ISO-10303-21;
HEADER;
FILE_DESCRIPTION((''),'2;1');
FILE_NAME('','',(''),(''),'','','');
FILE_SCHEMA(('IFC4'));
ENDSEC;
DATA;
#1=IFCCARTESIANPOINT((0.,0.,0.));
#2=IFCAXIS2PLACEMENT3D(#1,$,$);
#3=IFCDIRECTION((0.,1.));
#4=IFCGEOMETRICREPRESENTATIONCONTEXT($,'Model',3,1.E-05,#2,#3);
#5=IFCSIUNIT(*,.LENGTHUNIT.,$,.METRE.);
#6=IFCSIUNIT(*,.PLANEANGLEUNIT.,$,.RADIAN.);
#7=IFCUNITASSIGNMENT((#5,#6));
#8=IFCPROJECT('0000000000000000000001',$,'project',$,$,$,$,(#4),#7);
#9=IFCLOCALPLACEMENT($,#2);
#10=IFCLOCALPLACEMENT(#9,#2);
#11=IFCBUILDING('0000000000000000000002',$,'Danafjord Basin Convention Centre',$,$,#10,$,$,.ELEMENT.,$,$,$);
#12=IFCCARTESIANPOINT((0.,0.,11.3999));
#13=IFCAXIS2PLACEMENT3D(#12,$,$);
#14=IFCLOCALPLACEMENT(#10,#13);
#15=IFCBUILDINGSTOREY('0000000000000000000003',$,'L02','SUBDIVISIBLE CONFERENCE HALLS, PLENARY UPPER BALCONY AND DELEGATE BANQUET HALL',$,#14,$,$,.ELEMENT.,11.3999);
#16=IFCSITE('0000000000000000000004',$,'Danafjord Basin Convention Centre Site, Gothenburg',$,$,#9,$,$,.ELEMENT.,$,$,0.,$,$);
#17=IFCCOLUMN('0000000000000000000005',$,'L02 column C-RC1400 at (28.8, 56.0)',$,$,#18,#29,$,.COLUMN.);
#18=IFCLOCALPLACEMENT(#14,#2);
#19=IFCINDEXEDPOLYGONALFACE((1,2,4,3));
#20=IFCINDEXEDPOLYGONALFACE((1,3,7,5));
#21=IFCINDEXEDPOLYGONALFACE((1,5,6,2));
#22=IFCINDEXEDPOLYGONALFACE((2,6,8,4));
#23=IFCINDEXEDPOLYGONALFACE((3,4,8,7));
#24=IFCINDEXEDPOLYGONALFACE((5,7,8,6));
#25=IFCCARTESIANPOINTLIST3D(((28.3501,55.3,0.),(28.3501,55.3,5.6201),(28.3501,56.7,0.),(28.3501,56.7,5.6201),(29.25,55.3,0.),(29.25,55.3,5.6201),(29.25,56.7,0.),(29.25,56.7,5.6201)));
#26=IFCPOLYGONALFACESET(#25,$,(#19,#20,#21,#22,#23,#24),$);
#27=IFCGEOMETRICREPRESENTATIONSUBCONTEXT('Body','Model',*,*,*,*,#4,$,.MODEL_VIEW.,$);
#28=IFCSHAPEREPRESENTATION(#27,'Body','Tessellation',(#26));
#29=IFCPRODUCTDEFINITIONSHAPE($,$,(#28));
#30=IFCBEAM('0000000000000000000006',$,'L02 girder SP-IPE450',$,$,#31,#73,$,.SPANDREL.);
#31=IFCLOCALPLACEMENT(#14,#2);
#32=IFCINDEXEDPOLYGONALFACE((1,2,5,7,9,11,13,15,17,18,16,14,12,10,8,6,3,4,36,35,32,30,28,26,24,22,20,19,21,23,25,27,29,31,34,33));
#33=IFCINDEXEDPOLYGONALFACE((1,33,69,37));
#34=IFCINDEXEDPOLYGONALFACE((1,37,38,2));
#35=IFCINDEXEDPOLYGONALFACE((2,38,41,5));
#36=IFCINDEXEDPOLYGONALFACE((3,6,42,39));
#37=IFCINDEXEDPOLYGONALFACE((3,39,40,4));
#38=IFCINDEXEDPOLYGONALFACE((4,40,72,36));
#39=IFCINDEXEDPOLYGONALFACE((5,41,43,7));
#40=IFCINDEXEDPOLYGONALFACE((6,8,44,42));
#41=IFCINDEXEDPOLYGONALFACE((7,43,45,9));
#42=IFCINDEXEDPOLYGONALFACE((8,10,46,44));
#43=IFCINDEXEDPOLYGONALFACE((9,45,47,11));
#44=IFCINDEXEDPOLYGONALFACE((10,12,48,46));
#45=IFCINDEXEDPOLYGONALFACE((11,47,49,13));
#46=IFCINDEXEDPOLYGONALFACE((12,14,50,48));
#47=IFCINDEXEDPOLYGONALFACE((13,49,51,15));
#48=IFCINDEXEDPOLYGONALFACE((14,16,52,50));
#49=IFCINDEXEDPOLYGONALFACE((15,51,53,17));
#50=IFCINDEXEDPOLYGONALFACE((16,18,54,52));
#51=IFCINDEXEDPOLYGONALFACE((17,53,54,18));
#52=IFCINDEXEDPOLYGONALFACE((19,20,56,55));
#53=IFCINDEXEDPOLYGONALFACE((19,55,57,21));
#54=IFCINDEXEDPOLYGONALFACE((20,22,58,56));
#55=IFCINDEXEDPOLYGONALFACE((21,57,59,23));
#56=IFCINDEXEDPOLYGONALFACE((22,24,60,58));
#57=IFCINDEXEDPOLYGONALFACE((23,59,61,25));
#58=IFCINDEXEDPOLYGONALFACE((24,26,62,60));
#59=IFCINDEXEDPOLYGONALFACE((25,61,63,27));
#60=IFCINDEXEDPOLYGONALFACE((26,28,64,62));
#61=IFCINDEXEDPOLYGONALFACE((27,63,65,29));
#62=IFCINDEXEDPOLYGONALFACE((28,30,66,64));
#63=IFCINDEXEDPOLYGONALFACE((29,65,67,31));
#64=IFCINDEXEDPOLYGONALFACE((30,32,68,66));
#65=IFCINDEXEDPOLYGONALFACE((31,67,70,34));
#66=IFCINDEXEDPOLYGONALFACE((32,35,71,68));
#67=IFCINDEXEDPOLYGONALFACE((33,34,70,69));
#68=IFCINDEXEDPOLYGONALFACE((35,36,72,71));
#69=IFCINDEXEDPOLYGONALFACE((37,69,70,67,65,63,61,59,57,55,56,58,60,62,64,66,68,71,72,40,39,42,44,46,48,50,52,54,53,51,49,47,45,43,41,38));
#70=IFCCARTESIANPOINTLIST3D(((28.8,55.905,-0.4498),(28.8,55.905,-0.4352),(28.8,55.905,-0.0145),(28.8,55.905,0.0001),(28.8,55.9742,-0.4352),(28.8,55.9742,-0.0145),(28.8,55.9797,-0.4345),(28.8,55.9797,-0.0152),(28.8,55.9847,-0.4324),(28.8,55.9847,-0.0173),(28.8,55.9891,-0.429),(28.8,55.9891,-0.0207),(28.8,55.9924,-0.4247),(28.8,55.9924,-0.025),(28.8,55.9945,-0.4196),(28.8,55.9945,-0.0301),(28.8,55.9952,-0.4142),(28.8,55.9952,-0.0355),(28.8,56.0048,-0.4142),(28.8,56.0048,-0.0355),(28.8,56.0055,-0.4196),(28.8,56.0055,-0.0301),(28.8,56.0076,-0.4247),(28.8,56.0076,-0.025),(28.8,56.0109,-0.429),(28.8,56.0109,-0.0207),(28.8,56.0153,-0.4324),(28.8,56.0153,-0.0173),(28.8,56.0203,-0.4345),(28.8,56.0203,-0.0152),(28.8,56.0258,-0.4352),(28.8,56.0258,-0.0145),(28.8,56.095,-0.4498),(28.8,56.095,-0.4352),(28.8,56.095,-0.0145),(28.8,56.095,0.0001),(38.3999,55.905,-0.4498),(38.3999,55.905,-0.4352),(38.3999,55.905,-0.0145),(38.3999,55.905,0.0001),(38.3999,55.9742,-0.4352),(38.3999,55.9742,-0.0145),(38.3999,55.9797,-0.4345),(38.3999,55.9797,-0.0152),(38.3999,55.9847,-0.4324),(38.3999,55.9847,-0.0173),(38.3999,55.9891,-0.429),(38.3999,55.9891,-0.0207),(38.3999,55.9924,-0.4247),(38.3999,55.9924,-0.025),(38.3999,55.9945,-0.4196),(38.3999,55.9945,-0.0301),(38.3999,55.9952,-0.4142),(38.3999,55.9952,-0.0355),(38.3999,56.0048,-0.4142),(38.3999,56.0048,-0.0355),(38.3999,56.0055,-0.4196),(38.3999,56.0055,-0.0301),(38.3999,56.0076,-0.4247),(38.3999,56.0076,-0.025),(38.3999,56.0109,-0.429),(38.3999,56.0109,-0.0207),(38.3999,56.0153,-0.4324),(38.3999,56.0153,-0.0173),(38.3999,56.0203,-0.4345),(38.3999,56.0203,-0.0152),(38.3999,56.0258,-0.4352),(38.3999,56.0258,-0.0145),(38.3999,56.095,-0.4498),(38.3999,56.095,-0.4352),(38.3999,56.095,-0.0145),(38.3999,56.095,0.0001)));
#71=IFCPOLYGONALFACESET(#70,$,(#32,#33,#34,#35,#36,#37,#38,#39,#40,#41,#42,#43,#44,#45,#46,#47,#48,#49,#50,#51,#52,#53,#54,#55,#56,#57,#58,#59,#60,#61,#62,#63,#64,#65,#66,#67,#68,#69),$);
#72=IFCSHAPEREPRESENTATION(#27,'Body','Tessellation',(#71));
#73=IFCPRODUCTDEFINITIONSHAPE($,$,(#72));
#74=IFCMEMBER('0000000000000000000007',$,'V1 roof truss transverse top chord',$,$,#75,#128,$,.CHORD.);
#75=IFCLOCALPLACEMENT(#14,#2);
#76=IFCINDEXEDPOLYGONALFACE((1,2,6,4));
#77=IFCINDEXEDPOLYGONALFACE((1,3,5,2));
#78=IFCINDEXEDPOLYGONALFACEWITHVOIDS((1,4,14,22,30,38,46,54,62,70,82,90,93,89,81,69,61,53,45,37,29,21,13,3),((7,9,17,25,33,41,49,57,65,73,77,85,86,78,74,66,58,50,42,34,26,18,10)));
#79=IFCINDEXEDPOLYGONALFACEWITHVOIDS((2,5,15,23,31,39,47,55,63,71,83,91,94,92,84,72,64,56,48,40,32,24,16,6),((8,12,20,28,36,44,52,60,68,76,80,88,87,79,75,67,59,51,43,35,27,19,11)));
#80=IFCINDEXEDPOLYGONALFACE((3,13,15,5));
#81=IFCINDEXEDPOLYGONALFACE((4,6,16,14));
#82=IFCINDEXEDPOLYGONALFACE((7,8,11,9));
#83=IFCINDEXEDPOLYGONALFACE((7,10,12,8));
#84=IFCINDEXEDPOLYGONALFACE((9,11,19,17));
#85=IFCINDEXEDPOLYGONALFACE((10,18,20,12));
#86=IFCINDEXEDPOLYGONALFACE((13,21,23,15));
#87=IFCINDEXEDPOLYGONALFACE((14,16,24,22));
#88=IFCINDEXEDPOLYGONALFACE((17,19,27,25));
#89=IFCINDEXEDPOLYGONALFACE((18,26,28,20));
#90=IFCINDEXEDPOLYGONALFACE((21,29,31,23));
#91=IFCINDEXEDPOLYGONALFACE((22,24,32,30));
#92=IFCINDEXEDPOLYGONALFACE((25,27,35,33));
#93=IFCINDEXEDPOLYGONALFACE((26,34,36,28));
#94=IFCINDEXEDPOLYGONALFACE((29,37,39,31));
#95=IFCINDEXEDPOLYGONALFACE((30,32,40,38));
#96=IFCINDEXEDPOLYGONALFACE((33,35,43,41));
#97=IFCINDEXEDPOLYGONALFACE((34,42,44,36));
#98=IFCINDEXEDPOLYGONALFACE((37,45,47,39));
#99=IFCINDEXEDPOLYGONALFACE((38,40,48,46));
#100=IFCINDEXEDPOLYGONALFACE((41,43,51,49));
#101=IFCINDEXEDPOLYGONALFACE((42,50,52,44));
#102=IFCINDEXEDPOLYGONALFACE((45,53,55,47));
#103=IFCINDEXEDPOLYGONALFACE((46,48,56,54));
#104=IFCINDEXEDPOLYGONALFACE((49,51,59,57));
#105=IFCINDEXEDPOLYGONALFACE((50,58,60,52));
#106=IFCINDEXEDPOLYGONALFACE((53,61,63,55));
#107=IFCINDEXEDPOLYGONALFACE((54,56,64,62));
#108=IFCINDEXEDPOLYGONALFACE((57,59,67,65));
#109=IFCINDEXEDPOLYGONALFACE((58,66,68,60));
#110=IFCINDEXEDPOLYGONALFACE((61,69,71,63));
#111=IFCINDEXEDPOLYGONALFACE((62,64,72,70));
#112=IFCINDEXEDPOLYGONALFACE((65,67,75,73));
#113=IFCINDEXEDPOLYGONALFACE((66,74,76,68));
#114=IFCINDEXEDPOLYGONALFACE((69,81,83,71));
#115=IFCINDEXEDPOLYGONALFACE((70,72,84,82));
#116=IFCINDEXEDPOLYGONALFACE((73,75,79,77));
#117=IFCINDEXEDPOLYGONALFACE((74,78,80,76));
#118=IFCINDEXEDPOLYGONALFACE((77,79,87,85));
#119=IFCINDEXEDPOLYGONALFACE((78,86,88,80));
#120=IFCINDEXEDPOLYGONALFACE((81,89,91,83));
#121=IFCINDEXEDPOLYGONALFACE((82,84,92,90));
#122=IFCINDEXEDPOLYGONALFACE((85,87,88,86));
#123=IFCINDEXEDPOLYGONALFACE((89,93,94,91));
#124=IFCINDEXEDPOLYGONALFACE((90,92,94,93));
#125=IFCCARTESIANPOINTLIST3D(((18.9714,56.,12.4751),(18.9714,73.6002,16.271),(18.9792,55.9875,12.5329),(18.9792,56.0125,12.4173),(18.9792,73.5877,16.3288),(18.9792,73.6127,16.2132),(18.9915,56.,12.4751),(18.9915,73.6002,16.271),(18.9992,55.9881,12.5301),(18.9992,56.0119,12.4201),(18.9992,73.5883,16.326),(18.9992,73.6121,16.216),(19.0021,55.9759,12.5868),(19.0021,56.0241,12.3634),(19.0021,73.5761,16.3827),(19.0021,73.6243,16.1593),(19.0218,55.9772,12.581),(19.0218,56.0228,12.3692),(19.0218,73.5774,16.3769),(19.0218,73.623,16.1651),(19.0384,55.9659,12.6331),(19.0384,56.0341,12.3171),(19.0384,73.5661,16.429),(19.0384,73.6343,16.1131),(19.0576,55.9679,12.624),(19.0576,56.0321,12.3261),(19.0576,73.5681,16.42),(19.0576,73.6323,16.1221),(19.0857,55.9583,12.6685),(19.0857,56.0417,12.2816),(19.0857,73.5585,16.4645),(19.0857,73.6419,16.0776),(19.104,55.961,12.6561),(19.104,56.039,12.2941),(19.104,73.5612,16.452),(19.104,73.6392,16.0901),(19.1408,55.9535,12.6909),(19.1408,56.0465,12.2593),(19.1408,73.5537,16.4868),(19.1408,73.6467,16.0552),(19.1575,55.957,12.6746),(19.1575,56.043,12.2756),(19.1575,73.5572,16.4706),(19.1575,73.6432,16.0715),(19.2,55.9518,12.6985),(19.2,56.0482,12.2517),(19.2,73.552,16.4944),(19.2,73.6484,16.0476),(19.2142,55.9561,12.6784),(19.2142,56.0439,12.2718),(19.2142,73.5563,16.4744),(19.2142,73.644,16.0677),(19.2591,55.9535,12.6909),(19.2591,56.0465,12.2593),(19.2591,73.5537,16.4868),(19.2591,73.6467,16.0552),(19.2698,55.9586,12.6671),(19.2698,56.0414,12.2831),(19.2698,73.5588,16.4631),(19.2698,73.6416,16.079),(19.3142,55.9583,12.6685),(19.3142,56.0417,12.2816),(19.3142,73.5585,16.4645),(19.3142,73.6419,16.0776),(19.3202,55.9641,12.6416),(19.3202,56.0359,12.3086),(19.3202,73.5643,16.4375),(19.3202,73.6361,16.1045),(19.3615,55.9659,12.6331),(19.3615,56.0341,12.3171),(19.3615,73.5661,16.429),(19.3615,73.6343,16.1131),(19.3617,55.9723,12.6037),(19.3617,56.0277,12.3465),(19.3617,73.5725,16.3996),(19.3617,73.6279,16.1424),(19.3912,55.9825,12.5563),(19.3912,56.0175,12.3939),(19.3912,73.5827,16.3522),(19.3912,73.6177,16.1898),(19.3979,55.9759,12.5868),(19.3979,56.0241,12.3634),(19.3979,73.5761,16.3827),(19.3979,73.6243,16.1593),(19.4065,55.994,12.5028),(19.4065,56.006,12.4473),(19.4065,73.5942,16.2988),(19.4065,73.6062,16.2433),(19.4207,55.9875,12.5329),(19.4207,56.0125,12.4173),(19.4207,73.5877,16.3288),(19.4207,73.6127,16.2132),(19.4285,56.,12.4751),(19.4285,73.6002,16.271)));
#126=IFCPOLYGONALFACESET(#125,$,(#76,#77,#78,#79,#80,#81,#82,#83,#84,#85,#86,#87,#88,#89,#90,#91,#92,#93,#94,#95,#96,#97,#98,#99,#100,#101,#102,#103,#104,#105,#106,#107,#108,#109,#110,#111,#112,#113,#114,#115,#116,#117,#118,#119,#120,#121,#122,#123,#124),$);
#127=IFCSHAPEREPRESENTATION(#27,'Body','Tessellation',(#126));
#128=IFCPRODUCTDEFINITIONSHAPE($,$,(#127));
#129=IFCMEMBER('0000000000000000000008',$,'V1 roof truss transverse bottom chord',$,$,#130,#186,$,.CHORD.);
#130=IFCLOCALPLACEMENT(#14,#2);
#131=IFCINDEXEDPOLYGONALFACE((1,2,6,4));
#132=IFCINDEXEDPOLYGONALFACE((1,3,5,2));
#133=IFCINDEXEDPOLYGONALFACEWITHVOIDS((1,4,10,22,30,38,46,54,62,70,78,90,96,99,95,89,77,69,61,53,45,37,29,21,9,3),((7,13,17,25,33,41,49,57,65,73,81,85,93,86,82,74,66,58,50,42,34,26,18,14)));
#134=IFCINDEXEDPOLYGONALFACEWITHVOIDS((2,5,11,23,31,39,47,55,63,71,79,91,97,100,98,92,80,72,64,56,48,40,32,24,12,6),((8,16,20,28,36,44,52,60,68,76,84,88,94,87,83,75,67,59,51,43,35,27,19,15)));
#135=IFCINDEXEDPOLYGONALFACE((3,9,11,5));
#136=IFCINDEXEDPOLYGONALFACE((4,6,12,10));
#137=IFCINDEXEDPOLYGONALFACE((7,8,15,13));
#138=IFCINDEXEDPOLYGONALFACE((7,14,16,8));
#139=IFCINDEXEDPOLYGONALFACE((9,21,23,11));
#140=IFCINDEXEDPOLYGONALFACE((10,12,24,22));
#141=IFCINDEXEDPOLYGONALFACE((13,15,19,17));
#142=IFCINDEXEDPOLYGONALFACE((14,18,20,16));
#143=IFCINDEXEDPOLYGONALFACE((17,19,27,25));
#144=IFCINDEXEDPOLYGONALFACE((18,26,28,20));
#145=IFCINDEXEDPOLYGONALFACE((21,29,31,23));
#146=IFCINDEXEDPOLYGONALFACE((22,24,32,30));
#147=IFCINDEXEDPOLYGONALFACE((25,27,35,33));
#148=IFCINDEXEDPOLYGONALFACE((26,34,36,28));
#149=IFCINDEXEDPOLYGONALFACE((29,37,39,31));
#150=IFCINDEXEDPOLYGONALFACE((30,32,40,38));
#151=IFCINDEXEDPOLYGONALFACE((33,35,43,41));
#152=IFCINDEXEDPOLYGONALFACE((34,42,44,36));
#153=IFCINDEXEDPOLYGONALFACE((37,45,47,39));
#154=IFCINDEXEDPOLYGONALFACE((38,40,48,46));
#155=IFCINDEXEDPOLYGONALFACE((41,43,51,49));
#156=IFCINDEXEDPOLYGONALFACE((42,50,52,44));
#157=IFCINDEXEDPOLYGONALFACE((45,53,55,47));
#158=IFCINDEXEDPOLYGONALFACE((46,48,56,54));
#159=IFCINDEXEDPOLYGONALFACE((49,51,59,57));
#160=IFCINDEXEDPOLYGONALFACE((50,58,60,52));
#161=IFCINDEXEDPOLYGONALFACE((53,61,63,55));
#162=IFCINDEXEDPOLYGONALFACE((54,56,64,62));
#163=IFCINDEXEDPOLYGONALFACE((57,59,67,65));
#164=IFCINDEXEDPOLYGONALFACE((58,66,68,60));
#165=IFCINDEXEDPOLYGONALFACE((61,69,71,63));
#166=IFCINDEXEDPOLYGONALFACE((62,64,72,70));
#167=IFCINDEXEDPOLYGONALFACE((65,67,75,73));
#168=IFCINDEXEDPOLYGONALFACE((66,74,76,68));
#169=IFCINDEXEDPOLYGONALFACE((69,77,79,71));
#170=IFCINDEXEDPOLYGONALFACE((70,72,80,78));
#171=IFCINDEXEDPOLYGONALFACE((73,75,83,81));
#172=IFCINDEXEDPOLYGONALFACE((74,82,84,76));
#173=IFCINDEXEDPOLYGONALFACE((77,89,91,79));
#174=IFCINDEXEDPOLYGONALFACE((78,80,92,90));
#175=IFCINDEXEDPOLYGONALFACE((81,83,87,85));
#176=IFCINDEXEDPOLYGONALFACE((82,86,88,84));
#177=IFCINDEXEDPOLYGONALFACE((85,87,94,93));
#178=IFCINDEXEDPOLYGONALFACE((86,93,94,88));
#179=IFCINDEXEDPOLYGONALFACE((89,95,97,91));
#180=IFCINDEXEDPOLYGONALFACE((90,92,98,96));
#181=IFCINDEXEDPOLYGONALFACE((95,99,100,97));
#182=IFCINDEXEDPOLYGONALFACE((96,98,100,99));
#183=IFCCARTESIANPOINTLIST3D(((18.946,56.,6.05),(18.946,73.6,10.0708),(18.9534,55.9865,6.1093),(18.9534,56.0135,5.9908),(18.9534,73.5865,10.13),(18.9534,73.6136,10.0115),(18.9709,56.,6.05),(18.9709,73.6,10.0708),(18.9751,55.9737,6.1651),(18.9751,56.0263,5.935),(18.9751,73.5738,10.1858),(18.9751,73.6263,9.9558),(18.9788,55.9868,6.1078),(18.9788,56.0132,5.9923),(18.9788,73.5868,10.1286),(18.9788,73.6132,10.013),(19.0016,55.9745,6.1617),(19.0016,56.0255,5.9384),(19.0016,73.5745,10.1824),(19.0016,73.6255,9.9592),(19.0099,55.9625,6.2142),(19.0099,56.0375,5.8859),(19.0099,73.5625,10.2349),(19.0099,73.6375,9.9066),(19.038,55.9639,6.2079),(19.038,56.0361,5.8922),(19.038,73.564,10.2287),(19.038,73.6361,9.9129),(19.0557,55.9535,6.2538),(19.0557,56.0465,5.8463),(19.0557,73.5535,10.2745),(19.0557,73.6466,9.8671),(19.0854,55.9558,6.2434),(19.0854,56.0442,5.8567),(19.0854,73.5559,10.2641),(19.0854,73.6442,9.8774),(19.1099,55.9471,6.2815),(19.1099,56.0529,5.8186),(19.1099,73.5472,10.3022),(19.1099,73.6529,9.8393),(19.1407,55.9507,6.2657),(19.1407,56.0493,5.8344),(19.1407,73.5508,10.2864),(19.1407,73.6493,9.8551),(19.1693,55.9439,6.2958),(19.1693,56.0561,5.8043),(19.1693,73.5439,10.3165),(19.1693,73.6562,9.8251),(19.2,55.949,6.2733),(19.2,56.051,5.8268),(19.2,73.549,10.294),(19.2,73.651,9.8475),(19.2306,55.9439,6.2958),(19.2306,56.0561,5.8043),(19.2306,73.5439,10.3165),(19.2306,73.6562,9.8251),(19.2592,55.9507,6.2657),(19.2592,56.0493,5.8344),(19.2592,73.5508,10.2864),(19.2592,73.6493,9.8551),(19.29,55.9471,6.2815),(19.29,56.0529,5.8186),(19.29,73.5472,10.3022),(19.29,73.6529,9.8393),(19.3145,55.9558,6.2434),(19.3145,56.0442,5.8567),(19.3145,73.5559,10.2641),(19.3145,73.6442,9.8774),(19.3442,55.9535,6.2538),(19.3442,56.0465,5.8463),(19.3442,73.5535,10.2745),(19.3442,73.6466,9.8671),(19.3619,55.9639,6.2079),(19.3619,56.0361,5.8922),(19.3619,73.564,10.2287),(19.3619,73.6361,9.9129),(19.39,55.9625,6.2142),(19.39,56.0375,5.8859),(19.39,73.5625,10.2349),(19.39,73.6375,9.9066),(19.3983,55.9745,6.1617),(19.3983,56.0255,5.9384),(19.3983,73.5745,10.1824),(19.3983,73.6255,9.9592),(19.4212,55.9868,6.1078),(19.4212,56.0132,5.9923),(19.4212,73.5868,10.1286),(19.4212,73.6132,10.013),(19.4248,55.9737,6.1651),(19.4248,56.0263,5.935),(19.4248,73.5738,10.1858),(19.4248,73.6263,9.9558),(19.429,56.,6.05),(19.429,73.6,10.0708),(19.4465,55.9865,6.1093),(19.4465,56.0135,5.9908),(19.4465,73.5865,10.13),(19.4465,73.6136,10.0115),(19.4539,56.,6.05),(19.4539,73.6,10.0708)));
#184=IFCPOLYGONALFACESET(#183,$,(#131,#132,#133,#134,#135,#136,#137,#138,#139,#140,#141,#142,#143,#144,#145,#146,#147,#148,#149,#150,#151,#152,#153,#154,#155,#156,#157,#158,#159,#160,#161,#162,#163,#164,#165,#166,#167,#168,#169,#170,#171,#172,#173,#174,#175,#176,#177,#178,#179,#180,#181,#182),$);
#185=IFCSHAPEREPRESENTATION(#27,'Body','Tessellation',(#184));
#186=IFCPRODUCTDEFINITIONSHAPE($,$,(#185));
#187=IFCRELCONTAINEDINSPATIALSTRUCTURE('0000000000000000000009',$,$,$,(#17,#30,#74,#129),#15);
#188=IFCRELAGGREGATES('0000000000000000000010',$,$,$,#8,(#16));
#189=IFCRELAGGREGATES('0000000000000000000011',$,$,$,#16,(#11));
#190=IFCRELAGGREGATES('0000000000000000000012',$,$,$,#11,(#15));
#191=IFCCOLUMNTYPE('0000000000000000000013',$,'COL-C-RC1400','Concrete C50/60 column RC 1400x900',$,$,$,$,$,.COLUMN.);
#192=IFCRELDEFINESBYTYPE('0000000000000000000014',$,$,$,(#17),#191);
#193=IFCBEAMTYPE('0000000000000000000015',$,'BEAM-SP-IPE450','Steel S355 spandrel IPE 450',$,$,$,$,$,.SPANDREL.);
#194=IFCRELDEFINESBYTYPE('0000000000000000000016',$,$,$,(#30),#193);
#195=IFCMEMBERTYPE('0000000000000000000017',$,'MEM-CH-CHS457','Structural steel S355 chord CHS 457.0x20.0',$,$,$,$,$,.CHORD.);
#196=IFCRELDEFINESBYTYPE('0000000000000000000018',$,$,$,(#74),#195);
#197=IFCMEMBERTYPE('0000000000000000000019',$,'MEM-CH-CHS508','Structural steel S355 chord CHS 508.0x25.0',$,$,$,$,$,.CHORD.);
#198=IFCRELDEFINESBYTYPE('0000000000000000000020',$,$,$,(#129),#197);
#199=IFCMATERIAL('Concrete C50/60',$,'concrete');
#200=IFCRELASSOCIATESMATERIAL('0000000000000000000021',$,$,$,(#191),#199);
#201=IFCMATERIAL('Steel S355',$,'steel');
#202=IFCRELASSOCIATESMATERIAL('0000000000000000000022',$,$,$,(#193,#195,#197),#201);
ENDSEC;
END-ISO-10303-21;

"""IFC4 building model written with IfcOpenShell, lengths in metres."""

from ifc_helpers import new_model, si_unit, direction, frame, origin, origin_2d, place, context, subcontext, project, spatial, rectangle, hollow_circle, i_section, extrude, material, material_profile, profile_set, type_object, element, save


model = new_model("IFC4")

# Units and contexts
model_context = context("Model", 3, precision=1e-05, world=origin(), true_north=direction((0.0, 1.0)))
body_context = subcontext(model_context, "Body", "Model", "MODEL_VIEW")
ifc_project = project(units=[si_unit("LENGTHUNIT", "METRE"), si_unit("PLANEANGLEUNIT", "RADIAN")], contexts=[model_context])

# Site, building, storey
site_placement = place(None, origin())
site = spatial("IfcSite", under=ifc_project, at=site_placement, Name="Danafjord Basin Convention Centre Site, Gothenburg", CompositionType="ELEMENT", RefElevation=0.0)
building_placement = place(site_placement, origin())
building = spatial("IfcBuilding", under=site, at=building_placement, Name="Danafjord Basin Convention Centre", CompositionType="ELEMENT")
storey_placement = place(building_placement, frame((0.0, 0.0, 11.3999)))
storey = spatial("IfcBuildingStorey", under=building, at=storey_placement, Name="L02", Description="SUBDIVISIBLE CONFERENCE HALLS, PLENARY UPPER BALCONY AND DELEGATE BANQUET HALL", CompositionType="ELEMENT", Elevation=11.3999)

# Column
ifc_material_1 = material(Name="Concrete C50/60", Category="concrete")
ifc_material_profile_1 = material_profile(ifc_material_1, rectangle(XDim=0.8999, YDim=1.3999, at=origin_2d()), Name="RC 1400x900")
ifc_profile_set_1 = profile_set([ifc_material_profile_1], Name="Concrete C50/60")
column_type = type_object("IfcColumnType", Name="COL-C-RC1400", Description="Concrete C50/60 column RC 1400x900", PredefinedType="COLUMN", material=ifc_profile_set_1)
column_placement = place(storey_placement, frame((28.8, 56.0, 0.0), z_axis=(0.0, 0.0, 1.0), x_axis=(1.0, 0.0, 0.0)))
element("IfcColumn", 1, at=column_placement, inside=storey, type_object=column_type, Name="L02 column C-RC1400 at (28.8, 56.0)", PredefinedType="COLUMN", context=body_context, shape_type="SweptSolid", body=[
    extrude(rectangle(XDim=0.8999, YDim=1.3999, at=origin_2d()), origin(), (0.0, 0.0, 1.0), 5.6201),
])

# Beam
ifc_material_2 = material(Name="Steel S355", Category="steel")
ifc_material_profile_2 = material_profile(ifc_material_2, i_section(OverallWidth=0.1899, OverallDepth=0.45, WebThickness=0.0095, FlangeThickness=0.0146, FilletRadius=0.021, at=origin_2d()), Name="IPE 450")
ifc_profile_set_2 = profile_set([ifc_material_profile_2], Name="Steel S355")
beam_type = type_object("IfcBeamType", Name="BEAM-SP-IPE450", Description="Steel S355 spandrel IPE 450", PredefinedType="SPANDREL", material=ifc_profile_set_2)
beam_placement = place(storey_placement, frame((28.8, 56.0, -0.2249), z_axis=(1.0, 0.0, 0.0), x_axis=(0.0, 1.0, 0.0)))
element("IfcBeam", 2, at=beam_placement, inside=storey, type_object=beam_type, Name="L02 girder SP-IPE450", PredefinedType="SPANDREL", context=body_context, shape_type="SweptSolid", body=[
    extrude(i_section(OverallWidth=0.1899, OverallDepth=0.45, WebThickness=0.0095, FlangeThickness=0.0146, FilletRadius=0.021, at=origin_2d()), origin(), (0.0, 0.0, 1.0), 9.5999),
])

# Members
ifc_material_profile_3 = material_profile(ifc_material_2, hollow_circle(Radius=0.2285, WallThickness=0.02, at=origin_2d()), Name="CHS 457.0x20.0")
ifc_profile_set_3 = profile_set([ifc_material_profile_3], Name="Steel S355")
member_type_1 = type_object("IfcMemberType", Name="MEM-CH-CHS457", Description="Structural steel S355 chord CHS 457.0x20.0", PredefinedType="CHORD", material=ifc_profile_set_3)
member_1_placement = place(storey_placement, frame((19.2, 56.0, 12.4751), z_axis=(0.0, 0.977523, 0.210827), x_axis=(-1.0, 0.0, 0.0)))
element("IfcMember", 3, at=member_1_placement, inside=storey, type_object=member_type_1, Name="V1 roof truss transverse top chord", PredefinedType="CHORD", context=body_context, shape_type="SweptSolid", body=[
    extrude(hollow_circle(Radius=0.2285, WallThickness=0.02, at=origin_2d()), origin(), (0.0, 0.0, 1.0), 18.0049),
])
ifc_material_profile_4 = material_profile(ifc_material_2, hollow_circle(Radius=0.2539, WallThickness=0.0249, at=origin_2d()), Name="CHS 508.0x25.0")
ifc_profile_set_4 = profile_set([ifc_material_profile_4], Name="Steel S355")
member_type_2 = type_object("IfcMemberType", Name="MEM-CH-CHS508", Description="Structural steel S355 chord CHS 508.0x25.0", PredefinedType="CHORD", material=ifc_profile_set_4)
member_2_placement = place(storey_placement, frame((19.2, 56.0, 6.05), z_axis=(0.0, 0.974884, 0.222713), x_axis=(-1.0, 0.0, 0.0)))
element("IfcMember", 4, at=member_2_placement, inside=storey, type_object=member_type_2, Name="V1 roof truss transverse bottom chord", PredefinedType="CHORD", context=body_context, shape_type="SweptSolid", body=[
    extrude(hollow_circle(Radius=0.2539, WallThickness=0.0249, at=origin_2d()), origin(), (0.0, 0.0, 1.0), 18.0535),
])

save(model, "model.ifc")
